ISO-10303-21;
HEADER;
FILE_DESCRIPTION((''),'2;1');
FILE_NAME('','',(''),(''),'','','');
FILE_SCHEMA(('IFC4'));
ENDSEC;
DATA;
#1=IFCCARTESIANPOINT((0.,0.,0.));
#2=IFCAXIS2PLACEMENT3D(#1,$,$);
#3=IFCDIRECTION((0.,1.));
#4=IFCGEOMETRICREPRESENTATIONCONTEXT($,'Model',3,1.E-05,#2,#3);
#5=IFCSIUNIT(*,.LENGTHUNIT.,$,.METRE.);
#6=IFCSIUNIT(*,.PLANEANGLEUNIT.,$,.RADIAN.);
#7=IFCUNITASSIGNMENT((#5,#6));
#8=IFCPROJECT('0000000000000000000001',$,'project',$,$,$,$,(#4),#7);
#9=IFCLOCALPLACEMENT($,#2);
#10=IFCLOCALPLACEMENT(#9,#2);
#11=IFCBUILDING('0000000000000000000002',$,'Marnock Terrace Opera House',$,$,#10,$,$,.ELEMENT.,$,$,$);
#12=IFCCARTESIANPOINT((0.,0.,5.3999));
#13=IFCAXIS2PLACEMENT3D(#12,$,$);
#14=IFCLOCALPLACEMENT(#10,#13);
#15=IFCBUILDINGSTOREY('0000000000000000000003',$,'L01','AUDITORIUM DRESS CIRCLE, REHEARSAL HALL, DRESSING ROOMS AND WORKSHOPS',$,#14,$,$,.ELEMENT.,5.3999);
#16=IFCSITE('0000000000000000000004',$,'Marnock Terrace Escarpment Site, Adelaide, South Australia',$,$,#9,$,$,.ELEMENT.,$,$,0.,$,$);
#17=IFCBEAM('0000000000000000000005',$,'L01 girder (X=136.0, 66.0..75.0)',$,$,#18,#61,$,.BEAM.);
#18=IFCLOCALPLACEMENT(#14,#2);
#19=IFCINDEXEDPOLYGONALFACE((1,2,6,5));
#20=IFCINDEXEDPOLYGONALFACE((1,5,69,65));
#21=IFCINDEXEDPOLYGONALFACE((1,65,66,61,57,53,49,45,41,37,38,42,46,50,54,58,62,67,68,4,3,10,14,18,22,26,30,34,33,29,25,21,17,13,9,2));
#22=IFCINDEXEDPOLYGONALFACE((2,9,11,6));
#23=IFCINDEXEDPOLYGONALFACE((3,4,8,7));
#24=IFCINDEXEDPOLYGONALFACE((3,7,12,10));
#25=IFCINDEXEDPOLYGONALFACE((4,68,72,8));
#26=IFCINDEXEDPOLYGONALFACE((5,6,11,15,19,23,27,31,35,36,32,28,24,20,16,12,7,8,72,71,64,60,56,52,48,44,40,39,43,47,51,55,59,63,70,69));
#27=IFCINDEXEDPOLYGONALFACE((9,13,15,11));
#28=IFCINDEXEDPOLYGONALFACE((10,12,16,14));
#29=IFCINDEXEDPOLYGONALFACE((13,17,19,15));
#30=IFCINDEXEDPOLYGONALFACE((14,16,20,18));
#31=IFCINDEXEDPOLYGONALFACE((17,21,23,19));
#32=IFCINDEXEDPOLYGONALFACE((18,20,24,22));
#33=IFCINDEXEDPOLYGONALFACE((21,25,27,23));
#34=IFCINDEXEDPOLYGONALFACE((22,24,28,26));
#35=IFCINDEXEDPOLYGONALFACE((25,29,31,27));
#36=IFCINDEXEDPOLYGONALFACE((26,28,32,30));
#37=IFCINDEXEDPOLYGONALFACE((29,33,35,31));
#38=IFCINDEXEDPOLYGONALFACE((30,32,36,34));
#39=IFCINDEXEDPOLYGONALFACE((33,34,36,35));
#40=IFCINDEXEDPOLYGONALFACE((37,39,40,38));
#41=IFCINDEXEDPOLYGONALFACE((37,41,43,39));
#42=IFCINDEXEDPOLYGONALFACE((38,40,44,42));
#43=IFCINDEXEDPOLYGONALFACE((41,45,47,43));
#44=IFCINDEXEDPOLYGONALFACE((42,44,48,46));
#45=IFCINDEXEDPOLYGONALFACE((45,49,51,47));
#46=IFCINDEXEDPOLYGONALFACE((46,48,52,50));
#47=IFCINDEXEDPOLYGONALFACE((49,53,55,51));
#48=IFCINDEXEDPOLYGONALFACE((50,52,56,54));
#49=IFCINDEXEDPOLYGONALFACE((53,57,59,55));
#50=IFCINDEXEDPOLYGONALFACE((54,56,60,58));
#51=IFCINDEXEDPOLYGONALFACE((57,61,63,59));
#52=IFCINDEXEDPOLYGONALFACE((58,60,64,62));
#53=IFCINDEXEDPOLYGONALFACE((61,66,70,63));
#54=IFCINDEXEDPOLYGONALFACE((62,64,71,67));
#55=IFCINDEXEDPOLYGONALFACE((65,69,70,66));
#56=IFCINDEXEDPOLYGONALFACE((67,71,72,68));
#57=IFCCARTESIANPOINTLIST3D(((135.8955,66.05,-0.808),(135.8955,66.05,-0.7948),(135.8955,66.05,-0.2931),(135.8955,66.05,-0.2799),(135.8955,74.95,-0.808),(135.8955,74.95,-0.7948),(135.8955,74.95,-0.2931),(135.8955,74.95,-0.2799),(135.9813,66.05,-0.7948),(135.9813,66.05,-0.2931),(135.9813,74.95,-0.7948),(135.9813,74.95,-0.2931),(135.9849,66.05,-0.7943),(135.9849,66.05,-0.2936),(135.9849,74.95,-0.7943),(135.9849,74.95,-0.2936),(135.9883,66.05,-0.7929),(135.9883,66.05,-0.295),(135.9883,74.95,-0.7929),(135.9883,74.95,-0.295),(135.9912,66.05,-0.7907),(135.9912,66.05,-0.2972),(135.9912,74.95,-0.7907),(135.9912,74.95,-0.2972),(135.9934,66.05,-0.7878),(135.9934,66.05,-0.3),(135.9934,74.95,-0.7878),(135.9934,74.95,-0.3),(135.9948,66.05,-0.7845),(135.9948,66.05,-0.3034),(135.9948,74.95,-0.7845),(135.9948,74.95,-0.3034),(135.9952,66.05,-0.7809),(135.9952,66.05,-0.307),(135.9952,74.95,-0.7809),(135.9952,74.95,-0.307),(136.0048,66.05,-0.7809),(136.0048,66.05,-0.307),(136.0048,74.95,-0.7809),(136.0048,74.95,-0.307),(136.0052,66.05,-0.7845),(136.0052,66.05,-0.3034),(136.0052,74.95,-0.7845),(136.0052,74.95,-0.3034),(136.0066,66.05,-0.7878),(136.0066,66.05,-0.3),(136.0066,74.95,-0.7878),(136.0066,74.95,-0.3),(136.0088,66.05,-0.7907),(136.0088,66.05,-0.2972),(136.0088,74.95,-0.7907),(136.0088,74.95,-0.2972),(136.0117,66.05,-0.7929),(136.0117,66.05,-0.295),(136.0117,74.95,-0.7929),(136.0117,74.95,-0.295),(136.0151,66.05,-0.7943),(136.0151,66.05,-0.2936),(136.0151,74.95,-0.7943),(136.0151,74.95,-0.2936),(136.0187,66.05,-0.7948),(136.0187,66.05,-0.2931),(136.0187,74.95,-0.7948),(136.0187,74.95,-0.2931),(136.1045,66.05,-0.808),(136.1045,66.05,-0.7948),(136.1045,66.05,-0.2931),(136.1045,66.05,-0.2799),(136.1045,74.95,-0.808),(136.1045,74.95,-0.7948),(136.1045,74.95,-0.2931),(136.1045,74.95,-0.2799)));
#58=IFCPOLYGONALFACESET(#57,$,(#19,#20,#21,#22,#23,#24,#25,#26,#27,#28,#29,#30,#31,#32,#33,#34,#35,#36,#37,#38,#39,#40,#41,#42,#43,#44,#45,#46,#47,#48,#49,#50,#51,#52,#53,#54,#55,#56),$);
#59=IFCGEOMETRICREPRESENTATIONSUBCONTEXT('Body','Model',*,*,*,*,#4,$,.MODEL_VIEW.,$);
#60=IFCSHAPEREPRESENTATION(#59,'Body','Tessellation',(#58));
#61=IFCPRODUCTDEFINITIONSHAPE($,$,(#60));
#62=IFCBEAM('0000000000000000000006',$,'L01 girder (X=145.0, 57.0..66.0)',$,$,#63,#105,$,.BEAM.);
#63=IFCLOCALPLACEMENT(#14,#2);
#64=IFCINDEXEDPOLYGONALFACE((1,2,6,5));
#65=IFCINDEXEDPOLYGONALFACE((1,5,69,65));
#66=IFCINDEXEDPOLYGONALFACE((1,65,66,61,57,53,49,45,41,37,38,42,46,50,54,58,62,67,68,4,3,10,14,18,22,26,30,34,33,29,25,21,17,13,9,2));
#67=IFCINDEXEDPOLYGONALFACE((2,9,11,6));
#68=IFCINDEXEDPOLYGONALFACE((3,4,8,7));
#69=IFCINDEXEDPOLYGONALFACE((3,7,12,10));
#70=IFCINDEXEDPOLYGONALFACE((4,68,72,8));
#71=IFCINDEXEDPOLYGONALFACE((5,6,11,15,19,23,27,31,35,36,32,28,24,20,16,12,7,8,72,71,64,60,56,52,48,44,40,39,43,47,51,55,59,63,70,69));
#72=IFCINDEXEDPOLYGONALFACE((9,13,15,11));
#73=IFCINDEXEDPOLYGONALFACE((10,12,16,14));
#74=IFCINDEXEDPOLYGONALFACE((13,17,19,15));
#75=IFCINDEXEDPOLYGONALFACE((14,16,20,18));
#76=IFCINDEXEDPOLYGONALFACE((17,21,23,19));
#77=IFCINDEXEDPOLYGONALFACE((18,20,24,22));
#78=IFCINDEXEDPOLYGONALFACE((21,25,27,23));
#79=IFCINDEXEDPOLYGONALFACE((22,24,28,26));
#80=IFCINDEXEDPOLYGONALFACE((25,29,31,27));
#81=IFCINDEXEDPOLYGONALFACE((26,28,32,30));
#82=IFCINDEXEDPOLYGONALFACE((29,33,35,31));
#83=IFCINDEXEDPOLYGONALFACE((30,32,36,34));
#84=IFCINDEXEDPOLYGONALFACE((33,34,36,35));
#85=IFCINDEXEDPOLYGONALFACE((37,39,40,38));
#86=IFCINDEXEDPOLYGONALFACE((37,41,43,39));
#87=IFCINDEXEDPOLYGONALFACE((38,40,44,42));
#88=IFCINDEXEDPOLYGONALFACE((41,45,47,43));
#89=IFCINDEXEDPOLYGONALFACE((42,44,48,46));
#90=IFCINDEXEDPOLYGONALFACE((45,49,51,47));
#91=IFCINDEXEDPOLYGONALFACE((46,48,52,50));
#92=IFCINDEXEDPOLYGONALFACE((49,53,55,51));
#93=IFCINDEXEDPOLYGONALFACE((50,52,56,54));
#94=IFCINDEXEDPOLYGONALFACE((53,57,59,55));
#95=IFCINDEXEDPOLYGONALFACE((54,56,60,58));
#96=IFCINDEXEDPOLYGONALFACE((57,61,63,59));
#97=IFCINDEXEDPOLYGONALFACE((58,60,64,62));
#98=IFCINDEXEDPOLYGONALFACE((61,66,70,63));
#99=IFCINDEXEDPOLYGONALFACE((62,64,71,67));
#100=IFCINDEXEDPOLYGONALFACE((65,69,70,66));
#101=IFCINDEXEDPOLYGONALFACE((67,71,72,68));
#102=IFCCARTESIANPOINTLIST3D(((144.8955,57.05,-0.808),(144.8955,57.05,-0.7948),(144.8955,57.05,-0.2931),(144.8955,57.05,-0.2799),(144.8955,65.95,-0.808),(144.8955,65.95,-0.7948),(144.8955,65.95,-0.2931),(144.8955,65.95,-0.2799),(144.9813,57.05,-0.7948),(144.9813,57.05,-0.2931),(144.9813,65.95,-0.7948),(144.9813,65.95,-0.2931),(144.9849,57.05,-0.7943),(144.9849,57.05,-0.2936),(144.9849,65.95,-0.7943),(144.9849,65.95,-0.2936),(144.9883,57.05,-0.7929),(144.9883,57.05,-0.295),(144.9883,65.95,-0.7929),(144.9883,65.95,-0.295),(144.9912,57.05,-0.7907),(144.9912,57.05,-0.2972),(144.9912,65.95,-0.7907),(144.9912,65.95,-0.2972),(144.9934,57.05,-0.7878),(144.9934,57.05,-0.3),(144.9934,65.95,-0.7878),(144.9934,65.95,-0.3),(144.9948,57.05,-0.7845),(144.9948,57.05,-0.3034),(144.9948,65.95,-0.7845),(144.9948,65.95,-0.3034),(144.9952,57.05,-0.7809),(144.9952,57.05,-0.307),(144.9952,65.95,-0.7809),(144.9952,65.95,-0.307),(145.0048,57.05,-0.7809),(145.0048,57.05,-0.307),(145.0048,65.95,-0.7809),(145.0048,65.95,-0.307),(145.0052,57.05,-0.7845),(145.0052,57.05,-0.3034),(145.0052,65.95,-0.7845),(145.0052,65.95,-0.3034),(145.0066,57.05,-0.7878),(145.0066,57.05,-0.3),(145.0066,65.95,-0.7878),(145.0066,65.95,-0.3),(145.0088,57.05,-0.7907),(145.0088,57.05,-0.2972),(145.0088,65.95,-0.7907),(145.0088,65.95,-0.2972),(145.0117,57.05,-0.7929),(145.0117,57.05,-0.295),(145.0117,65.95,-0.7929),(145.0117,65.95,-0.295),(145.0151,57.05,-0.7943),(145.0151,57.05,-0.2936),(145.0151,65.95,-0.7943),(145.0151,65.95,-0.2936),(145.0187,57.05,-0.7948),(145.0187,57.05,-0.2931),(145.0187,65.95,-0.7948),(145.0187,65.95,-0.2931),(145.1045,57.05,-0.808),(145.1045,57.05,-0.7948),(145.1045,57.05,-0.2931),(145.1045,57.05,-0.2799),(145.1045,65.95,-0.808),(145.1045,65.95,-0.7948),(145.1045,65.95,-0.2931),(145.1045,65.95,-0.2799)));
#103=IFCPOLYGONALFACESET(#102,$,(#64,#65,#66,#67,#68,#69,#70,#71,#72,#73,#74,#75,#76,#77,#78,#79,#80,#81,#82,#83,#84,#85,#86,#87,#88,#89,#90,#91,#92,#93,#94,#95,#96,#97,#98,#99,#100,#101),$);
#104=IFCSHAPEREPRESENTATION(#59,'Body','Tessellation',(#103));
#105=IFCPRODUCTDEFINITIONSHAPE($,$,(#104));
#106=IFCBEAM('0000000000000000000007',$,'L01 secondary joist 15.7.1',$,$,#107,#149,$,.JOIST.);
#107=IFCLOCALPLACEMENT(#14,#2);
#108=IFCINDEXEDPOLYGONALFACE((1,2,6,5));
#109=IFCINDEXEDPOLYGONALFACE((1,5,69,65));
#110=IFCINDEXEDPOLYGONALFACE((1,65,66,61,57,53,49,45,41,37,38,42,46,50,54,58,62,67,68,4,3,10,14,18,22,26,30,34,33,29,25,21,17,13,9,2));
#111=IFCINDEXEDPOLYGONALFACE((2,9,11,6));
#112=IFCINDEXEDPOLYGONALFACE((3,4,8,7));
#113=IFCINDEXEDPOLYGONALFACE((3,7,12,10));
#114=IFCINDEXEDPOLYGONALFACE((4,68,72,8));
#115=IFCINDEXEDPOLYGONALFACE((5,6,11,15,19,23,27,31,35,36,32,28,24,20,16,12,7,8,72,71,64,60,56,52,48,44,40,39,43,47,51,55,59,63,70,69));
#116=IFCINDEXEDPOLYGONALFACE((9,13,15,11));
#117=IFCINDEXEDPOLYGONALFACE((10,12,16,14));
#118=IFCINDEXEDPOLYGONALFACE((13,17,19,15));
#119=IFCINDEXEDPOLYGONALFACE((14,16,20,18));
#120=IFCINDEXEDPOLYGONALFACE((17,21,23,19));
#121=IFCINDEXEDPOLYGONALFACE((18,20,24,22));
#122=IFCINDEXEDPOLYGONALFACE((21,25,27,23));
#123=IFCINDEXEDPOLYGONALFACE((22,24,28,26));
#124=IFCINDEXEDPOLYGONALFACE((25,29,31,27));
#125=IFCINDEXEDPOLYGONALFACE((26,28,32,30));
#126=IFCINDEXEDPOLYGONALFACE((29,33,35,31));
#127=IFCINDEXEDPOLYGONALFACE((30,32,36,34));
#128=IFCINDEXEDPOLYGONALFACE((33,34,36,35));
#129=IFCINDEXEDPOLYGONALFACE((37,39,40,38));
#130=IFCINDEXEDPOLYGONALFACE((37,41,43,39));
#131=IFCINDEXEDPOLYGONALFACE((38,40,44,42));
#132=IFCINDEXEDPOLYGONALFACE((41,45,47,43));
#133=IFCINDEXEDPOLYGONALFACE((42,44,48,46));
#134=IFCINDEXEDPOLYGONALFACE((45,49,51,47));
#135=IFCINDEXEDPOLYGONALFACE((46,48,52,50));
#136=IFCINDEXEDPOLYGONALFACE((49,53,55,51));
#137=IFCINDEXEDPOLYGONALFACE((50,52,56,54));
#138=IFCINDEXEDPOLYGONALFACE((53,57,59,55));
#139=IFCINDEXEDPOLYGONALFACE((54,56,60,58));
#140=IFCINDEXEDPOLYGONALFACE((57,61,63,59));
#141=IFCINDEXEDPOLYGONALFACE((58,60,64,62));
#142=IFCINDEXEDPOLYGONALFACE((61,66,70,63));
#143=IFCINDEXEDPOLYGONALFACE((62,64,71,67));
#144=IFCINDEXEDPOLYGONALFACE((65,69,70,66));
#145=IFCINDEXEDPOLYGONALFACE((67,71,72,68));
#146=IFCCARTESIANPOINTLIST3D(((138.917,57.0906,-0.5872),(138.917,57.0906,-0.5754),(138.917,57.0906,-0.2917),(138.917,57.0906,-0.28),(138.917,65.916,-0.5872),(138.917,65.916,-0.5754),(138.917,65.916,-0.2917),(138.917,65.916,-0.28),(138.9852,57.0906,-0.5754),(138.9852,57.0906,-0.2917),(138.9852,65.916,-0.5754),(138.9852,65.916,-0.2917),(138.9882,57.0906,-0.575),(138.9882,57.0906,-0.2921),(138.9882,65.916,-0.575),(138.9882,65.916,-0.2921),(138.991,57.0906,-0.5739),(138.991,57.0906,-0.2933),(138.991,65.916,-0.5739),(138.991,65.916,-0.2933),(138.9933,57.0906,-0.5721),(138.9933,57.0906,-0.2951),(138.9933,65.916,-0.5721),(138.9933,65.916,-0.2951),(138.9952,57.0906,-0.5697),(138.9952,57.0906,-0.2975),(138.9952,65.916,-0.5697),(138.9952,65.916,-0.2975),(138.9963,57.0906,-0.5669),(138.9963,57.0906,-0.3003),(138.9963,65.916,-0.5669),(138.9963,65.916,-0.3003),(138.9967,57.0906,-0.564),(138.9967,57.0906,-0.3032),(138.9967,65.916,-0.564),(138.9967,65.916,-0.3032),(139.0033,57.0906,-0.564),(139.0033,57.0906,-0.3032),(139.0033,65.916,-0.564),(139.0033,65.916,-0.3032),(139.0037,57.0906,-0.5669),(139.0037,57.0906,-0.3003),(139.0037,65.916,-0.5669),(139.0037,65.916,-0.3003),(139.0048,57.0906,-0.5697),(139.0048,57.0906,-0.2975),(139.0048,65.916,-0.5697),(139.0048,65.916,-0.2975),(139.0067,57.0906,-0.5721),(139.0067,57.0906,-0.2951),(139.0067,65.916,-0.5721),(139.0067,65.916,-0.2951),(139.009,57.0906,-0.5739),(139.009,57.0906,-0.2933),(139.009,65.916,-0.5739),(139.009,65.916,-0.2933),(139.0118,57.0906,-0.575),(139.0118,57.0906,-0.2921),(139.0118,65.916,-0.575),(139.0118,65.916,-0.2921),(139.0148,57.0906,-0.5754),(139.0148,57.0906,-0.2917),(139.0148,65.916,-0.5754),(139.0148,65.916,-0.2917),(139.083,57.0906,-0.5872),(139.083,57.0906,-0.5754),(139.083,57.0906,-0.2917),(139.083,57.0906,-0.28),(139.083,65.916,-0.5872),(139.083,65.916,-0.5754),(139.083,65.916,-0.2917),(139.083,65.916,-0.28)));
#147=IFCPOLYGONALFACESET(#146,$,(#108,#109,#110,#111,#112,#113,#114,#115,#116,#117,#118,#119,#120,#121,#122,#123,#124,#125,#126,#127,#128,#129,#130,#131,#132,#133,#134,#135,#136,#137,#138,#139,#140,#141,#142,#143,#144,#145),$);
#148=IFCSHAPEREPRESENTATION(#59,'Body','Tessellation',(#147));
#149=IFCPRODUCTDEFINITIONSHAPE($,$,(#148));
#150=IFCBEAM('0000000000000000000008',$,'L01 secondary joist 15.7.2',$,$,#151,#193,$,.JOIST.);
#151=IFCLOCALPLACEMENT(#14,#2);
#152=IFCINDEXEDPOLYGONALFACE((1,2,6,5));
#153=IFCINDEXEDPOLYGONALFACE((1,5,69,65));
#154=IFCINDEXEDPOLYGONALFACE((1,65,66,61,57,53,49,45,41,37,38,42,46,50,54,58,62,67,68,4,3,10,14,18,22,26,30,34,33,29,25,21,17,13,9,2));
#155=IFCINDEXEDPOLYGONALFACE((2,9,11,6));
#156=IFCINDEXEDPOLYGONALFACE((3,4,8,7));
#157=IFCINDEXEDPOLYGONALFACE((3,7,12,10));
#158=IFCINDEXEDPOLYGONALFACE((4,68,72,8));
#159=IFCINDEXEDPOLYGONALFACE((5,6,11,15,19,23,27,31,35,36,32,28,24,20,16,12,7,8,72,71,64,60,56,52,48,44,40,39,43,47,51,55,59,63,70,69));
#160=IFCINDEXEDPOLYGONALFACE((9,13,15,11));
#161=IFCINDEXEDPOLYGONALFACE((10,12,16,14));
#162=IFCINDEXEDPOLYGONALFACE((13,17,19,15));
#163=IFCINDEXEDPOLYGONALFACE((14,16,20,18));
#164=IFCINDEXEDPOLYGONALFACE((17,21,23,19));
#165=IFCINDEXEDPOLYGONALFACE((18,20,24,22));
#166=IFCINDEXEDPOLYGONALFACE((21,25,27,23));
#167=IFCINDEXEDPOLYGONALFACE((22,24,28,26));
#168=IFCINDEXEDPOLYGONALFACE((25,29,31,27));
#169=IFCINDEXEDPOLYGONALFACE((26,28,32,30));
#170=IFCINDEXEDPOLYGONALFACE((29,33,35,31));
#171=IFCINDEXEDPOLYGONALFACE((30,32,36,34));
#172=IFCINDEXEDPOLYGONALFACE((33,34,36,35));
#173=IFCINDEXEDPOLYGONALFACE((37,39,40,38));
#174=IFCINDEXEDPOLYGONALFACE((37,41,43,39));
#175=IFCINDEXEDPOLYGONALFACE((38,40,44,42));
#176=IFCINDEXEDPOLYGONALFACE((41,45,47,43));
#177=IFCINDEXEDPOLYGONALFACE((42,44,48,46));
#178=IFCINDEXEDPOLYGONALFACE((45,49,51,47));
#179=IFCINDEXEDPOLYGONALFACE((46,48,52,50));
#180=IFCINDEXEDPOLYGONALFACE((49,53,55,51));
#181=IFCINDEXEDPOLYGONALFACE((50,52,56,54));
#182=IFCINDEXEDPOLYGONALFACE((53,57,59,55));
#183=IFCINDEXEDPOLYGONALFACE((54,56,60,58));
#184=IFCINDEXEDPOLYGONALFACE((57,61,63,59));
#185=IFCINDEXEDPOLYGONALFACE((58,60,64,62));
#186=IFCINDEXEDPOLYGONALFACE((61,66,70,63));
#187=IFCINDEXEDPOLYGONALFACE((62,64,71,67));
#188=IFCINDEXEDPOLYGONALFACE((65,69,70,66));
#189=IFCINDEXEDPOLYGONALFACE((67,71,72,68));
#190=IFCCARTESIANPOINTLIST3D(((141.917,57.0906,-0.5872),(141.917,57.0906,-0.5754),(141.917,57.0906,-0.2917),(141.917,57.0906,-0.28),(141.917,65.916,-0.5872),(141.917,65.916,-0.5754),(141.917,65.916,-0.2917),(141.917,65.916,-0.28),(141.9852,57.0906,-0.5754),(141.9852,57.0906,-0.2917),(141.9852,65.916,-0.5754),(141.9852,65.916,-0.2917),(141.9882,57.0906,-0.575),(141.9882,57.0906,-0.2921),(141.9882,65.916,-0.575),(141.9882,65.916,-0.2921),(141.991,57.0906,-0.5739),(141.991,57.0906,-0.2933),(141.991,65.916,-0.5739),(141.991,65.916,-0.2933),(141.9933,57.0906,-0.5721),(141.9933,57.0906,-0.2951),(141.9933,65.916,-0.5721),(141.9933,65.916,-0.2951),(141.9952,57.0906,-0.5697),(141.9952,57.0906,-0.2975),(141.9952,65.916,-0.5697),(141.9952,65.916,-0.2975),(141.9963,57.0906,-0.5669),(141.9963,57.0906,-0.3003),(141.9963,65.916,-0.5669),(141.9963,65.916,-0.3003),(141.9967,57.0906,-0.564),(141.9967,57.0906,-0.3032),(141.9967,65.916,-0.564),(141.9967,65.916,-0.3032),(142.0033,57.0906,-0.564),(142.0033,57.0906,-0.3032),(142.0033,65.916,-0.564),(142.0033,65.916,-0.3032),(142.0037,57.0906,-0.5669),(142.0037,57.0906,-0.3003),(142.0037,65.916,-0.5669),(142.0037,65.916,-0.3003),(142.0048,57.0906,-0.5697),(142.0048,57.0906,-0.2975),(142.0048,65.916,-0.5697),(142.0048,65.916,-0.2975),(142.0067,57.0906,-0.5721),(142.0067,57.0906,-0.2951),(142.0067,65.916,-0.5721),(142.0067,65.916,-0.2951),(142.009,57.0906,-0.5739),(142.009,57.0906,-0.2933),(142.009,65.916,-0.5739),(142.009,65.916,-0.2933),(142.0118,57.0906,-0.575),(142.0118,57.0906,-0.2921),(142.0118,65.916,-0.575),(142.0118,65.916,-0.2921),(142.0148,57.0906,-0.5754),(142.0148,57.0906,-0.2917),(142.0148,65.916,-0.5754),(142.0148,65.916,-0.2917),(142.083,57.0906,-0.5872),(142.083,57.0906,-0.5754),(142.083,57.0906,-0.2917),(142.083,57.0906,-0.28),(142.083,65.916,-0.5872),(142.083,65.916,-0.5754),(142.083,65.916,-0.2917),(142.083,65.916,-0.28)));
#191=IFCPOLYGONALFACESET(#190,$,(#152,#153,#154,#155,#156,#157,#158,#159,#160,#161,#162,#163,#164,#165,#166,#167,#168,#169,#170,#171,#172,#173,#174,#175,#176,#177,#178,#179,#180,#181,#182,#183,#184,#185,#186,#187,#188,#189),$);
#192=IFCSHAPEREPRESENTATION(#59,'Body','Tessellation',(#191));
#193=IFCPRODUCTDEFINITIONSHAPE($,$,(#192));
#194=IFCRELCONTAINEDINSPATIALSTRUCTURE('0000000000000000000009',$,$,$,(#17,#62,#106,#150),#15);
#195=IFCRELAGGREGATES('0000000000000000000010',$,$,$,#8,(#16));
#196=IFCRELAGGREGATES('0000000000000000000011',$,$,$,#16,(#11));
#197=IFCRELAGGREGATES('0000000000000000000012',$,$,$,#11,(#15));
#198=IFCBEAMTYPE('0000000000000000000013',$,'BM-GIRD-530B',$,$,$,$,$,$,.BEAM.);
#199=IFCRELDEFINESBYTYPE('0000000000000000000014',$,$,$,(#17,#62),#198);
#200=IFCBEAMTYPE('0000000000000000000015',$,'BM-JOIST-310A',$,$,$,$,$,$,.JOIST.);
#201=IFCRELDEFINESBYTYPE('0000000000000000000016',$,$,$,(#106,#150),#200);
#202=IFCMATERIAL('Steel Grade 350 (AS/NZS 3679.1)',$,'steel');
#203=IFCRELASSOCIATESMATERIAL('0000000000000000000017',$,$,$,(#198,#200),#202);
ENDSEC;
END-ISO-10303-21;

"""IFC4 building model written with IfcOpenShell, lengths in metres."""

from ifc_helpers import new_model, si_unit, direction, frame, origin, origin_2d, place, context, subcontext, project, spatial, i_section, extrude, material, material_profile, profile_set, type_object, element, save


model = new_model("IFC4")

# Units and contexts
model_context = context("Model", 3, precision=1e-05, world=origin(), true_north=direction((0.0, 1.0)))
body_context = subcontext(model_context, "Body", "Model", "MODEL_VIEW")
ifc_project = project(units=[si_unit("LENGTHUNIT", "METRE"), si_unit("PLANEANGLEUNIT", "RADIAN")], contexts=[model_context])

# Site, building, storey
site_placement = place(None, origin())
site = spatial("IfcSite", under=ifc_project, at=site_placement, Name="Marnock Terrace Escarpment Site, Adelaide, South Australia", CompositionType="ELEMENT", RefElevation=0.0)
building_placement = place(site_placement, origin())
building = spatial("IfcBuilding", under=site, at=building_placement, Name="Marnock Terrace Opera House", CompositionType="ELEMENT")
storey_placement = place(building_placement, frame((0.0, 0.0, 5.3999)))
storey = spatial("IfcBuildingStorey", under=building, at=storey_placement, Name="L01", Description="AUDITORIUM DRESS CIRCLE, REHEARSAL HALL, DRESSING ROOMS AND WORKSHOPS", CompositionType="ELEMENT", Elevation=5.3999)

# Beams
ifc_material_1 = material(Name="Steel Grade 350 (AS/NZS 3679.1)", Category="steel")
ifc_material_profile_1 = material_profile(ifc_material_1, i_section(OverallWidth=0.209, OverallDepth=0.5281, WebThickness=0.0095, FlangeThickness=0.0132, FilletRadius=0.0139, at=origin_2d()))
ifc_profile_set_1 = profile_set([ifc_material_profile_1], Name="Steel Grade 350 (AS/NZS 3679.1)")
beam_type_1 = type_object("IfcBeamType", Name="BM-GIRD-530B", PredefinedType="BEAM", material=ifc_profile_set_1)
for number, where, z_axis, x_axis, name in (
    (1, (136.0, 66.05, -0.5439), (0.0, 1.0, 0.0), (-1.0, 0.0, 0.0), "L01 girder (X=136.0, 66.0..75.0)"),
    (2, (145.0, 57.05, -0.5439), (0.0, 1.0, 0.0), (-1.0, 0.0, 0.0), "L01 girder (X=145.0, 57.0..66.0)"),
):
    element("IfcBeam", number, at=place(storey_placement, frame(where, z_axis=z_axis, x_axis=x_axis)), inside=storey, type_object=beam_type_1, Name=name, PredefinedType="BEAM", context=body_context, shape_type="SweptSolid", body=[
        extrude(i_section(OverallWidth=0.209, OverallDepth=0.5281, WebThickness=0.0095, FlangeThickness=0.0132, FilletRadius=0.0139, at=origin_2d()), origin(), (0.0, 0.0, 1.0), 8.8999),
    ])
ifc_material_profile_2 = material_profile(ifc_material_1, i_section(OverallWidth=0.166, OverallDepth=0.3071, WebThickness=0.0066, FlangeThickness=0.0117, FilletRadius=0.0115, at=origin_2d()))
ifc_profile_set_2 = profile_set([ifc_material_profile_2], Name="Steel Grade 350 (AS/NZS 3679.1)")
beam_type_2 = type_object("IfcBeamType", Name="BM-JOIST-310A", PredefinedType="JOIST", material=ifc_profile_set_2)
for number, where, z_axis, x_axis, name in (
    (3, (139.0, 57.0906, -0.4336), (0.0, 1.0, 0.0), (-1.0, 0.0, 0.0), "L01 secondary joist 15.7.1"),
    (4, (142.0, 57.0906, -0.4336), (0.0, 1.0, 0.0), (-1.0, 0.0, 0.0), "L01 secondary joist 15.7.2"),
):
    element("IfcBeam", number, at=place(storey_placement, frame(where, z_axis=z_axis, x_axis=x_axis)), inside=storey, type_object=beam_type_2, Name=name, PredefinedType="JOIST", context=body_context, shape_type="SweptSolid", body=[
        extrude(i_section(OverallWidth=0.166, OverallDepth=0.3071, WebThickness=0.0066, FlangeThickness=0.0117, FilletRadius=0.0115, at=origin_2d()), origin(), (0.0, 0.0, 1.0), 8.8254),
    ])

save(model, "model.ifc")
